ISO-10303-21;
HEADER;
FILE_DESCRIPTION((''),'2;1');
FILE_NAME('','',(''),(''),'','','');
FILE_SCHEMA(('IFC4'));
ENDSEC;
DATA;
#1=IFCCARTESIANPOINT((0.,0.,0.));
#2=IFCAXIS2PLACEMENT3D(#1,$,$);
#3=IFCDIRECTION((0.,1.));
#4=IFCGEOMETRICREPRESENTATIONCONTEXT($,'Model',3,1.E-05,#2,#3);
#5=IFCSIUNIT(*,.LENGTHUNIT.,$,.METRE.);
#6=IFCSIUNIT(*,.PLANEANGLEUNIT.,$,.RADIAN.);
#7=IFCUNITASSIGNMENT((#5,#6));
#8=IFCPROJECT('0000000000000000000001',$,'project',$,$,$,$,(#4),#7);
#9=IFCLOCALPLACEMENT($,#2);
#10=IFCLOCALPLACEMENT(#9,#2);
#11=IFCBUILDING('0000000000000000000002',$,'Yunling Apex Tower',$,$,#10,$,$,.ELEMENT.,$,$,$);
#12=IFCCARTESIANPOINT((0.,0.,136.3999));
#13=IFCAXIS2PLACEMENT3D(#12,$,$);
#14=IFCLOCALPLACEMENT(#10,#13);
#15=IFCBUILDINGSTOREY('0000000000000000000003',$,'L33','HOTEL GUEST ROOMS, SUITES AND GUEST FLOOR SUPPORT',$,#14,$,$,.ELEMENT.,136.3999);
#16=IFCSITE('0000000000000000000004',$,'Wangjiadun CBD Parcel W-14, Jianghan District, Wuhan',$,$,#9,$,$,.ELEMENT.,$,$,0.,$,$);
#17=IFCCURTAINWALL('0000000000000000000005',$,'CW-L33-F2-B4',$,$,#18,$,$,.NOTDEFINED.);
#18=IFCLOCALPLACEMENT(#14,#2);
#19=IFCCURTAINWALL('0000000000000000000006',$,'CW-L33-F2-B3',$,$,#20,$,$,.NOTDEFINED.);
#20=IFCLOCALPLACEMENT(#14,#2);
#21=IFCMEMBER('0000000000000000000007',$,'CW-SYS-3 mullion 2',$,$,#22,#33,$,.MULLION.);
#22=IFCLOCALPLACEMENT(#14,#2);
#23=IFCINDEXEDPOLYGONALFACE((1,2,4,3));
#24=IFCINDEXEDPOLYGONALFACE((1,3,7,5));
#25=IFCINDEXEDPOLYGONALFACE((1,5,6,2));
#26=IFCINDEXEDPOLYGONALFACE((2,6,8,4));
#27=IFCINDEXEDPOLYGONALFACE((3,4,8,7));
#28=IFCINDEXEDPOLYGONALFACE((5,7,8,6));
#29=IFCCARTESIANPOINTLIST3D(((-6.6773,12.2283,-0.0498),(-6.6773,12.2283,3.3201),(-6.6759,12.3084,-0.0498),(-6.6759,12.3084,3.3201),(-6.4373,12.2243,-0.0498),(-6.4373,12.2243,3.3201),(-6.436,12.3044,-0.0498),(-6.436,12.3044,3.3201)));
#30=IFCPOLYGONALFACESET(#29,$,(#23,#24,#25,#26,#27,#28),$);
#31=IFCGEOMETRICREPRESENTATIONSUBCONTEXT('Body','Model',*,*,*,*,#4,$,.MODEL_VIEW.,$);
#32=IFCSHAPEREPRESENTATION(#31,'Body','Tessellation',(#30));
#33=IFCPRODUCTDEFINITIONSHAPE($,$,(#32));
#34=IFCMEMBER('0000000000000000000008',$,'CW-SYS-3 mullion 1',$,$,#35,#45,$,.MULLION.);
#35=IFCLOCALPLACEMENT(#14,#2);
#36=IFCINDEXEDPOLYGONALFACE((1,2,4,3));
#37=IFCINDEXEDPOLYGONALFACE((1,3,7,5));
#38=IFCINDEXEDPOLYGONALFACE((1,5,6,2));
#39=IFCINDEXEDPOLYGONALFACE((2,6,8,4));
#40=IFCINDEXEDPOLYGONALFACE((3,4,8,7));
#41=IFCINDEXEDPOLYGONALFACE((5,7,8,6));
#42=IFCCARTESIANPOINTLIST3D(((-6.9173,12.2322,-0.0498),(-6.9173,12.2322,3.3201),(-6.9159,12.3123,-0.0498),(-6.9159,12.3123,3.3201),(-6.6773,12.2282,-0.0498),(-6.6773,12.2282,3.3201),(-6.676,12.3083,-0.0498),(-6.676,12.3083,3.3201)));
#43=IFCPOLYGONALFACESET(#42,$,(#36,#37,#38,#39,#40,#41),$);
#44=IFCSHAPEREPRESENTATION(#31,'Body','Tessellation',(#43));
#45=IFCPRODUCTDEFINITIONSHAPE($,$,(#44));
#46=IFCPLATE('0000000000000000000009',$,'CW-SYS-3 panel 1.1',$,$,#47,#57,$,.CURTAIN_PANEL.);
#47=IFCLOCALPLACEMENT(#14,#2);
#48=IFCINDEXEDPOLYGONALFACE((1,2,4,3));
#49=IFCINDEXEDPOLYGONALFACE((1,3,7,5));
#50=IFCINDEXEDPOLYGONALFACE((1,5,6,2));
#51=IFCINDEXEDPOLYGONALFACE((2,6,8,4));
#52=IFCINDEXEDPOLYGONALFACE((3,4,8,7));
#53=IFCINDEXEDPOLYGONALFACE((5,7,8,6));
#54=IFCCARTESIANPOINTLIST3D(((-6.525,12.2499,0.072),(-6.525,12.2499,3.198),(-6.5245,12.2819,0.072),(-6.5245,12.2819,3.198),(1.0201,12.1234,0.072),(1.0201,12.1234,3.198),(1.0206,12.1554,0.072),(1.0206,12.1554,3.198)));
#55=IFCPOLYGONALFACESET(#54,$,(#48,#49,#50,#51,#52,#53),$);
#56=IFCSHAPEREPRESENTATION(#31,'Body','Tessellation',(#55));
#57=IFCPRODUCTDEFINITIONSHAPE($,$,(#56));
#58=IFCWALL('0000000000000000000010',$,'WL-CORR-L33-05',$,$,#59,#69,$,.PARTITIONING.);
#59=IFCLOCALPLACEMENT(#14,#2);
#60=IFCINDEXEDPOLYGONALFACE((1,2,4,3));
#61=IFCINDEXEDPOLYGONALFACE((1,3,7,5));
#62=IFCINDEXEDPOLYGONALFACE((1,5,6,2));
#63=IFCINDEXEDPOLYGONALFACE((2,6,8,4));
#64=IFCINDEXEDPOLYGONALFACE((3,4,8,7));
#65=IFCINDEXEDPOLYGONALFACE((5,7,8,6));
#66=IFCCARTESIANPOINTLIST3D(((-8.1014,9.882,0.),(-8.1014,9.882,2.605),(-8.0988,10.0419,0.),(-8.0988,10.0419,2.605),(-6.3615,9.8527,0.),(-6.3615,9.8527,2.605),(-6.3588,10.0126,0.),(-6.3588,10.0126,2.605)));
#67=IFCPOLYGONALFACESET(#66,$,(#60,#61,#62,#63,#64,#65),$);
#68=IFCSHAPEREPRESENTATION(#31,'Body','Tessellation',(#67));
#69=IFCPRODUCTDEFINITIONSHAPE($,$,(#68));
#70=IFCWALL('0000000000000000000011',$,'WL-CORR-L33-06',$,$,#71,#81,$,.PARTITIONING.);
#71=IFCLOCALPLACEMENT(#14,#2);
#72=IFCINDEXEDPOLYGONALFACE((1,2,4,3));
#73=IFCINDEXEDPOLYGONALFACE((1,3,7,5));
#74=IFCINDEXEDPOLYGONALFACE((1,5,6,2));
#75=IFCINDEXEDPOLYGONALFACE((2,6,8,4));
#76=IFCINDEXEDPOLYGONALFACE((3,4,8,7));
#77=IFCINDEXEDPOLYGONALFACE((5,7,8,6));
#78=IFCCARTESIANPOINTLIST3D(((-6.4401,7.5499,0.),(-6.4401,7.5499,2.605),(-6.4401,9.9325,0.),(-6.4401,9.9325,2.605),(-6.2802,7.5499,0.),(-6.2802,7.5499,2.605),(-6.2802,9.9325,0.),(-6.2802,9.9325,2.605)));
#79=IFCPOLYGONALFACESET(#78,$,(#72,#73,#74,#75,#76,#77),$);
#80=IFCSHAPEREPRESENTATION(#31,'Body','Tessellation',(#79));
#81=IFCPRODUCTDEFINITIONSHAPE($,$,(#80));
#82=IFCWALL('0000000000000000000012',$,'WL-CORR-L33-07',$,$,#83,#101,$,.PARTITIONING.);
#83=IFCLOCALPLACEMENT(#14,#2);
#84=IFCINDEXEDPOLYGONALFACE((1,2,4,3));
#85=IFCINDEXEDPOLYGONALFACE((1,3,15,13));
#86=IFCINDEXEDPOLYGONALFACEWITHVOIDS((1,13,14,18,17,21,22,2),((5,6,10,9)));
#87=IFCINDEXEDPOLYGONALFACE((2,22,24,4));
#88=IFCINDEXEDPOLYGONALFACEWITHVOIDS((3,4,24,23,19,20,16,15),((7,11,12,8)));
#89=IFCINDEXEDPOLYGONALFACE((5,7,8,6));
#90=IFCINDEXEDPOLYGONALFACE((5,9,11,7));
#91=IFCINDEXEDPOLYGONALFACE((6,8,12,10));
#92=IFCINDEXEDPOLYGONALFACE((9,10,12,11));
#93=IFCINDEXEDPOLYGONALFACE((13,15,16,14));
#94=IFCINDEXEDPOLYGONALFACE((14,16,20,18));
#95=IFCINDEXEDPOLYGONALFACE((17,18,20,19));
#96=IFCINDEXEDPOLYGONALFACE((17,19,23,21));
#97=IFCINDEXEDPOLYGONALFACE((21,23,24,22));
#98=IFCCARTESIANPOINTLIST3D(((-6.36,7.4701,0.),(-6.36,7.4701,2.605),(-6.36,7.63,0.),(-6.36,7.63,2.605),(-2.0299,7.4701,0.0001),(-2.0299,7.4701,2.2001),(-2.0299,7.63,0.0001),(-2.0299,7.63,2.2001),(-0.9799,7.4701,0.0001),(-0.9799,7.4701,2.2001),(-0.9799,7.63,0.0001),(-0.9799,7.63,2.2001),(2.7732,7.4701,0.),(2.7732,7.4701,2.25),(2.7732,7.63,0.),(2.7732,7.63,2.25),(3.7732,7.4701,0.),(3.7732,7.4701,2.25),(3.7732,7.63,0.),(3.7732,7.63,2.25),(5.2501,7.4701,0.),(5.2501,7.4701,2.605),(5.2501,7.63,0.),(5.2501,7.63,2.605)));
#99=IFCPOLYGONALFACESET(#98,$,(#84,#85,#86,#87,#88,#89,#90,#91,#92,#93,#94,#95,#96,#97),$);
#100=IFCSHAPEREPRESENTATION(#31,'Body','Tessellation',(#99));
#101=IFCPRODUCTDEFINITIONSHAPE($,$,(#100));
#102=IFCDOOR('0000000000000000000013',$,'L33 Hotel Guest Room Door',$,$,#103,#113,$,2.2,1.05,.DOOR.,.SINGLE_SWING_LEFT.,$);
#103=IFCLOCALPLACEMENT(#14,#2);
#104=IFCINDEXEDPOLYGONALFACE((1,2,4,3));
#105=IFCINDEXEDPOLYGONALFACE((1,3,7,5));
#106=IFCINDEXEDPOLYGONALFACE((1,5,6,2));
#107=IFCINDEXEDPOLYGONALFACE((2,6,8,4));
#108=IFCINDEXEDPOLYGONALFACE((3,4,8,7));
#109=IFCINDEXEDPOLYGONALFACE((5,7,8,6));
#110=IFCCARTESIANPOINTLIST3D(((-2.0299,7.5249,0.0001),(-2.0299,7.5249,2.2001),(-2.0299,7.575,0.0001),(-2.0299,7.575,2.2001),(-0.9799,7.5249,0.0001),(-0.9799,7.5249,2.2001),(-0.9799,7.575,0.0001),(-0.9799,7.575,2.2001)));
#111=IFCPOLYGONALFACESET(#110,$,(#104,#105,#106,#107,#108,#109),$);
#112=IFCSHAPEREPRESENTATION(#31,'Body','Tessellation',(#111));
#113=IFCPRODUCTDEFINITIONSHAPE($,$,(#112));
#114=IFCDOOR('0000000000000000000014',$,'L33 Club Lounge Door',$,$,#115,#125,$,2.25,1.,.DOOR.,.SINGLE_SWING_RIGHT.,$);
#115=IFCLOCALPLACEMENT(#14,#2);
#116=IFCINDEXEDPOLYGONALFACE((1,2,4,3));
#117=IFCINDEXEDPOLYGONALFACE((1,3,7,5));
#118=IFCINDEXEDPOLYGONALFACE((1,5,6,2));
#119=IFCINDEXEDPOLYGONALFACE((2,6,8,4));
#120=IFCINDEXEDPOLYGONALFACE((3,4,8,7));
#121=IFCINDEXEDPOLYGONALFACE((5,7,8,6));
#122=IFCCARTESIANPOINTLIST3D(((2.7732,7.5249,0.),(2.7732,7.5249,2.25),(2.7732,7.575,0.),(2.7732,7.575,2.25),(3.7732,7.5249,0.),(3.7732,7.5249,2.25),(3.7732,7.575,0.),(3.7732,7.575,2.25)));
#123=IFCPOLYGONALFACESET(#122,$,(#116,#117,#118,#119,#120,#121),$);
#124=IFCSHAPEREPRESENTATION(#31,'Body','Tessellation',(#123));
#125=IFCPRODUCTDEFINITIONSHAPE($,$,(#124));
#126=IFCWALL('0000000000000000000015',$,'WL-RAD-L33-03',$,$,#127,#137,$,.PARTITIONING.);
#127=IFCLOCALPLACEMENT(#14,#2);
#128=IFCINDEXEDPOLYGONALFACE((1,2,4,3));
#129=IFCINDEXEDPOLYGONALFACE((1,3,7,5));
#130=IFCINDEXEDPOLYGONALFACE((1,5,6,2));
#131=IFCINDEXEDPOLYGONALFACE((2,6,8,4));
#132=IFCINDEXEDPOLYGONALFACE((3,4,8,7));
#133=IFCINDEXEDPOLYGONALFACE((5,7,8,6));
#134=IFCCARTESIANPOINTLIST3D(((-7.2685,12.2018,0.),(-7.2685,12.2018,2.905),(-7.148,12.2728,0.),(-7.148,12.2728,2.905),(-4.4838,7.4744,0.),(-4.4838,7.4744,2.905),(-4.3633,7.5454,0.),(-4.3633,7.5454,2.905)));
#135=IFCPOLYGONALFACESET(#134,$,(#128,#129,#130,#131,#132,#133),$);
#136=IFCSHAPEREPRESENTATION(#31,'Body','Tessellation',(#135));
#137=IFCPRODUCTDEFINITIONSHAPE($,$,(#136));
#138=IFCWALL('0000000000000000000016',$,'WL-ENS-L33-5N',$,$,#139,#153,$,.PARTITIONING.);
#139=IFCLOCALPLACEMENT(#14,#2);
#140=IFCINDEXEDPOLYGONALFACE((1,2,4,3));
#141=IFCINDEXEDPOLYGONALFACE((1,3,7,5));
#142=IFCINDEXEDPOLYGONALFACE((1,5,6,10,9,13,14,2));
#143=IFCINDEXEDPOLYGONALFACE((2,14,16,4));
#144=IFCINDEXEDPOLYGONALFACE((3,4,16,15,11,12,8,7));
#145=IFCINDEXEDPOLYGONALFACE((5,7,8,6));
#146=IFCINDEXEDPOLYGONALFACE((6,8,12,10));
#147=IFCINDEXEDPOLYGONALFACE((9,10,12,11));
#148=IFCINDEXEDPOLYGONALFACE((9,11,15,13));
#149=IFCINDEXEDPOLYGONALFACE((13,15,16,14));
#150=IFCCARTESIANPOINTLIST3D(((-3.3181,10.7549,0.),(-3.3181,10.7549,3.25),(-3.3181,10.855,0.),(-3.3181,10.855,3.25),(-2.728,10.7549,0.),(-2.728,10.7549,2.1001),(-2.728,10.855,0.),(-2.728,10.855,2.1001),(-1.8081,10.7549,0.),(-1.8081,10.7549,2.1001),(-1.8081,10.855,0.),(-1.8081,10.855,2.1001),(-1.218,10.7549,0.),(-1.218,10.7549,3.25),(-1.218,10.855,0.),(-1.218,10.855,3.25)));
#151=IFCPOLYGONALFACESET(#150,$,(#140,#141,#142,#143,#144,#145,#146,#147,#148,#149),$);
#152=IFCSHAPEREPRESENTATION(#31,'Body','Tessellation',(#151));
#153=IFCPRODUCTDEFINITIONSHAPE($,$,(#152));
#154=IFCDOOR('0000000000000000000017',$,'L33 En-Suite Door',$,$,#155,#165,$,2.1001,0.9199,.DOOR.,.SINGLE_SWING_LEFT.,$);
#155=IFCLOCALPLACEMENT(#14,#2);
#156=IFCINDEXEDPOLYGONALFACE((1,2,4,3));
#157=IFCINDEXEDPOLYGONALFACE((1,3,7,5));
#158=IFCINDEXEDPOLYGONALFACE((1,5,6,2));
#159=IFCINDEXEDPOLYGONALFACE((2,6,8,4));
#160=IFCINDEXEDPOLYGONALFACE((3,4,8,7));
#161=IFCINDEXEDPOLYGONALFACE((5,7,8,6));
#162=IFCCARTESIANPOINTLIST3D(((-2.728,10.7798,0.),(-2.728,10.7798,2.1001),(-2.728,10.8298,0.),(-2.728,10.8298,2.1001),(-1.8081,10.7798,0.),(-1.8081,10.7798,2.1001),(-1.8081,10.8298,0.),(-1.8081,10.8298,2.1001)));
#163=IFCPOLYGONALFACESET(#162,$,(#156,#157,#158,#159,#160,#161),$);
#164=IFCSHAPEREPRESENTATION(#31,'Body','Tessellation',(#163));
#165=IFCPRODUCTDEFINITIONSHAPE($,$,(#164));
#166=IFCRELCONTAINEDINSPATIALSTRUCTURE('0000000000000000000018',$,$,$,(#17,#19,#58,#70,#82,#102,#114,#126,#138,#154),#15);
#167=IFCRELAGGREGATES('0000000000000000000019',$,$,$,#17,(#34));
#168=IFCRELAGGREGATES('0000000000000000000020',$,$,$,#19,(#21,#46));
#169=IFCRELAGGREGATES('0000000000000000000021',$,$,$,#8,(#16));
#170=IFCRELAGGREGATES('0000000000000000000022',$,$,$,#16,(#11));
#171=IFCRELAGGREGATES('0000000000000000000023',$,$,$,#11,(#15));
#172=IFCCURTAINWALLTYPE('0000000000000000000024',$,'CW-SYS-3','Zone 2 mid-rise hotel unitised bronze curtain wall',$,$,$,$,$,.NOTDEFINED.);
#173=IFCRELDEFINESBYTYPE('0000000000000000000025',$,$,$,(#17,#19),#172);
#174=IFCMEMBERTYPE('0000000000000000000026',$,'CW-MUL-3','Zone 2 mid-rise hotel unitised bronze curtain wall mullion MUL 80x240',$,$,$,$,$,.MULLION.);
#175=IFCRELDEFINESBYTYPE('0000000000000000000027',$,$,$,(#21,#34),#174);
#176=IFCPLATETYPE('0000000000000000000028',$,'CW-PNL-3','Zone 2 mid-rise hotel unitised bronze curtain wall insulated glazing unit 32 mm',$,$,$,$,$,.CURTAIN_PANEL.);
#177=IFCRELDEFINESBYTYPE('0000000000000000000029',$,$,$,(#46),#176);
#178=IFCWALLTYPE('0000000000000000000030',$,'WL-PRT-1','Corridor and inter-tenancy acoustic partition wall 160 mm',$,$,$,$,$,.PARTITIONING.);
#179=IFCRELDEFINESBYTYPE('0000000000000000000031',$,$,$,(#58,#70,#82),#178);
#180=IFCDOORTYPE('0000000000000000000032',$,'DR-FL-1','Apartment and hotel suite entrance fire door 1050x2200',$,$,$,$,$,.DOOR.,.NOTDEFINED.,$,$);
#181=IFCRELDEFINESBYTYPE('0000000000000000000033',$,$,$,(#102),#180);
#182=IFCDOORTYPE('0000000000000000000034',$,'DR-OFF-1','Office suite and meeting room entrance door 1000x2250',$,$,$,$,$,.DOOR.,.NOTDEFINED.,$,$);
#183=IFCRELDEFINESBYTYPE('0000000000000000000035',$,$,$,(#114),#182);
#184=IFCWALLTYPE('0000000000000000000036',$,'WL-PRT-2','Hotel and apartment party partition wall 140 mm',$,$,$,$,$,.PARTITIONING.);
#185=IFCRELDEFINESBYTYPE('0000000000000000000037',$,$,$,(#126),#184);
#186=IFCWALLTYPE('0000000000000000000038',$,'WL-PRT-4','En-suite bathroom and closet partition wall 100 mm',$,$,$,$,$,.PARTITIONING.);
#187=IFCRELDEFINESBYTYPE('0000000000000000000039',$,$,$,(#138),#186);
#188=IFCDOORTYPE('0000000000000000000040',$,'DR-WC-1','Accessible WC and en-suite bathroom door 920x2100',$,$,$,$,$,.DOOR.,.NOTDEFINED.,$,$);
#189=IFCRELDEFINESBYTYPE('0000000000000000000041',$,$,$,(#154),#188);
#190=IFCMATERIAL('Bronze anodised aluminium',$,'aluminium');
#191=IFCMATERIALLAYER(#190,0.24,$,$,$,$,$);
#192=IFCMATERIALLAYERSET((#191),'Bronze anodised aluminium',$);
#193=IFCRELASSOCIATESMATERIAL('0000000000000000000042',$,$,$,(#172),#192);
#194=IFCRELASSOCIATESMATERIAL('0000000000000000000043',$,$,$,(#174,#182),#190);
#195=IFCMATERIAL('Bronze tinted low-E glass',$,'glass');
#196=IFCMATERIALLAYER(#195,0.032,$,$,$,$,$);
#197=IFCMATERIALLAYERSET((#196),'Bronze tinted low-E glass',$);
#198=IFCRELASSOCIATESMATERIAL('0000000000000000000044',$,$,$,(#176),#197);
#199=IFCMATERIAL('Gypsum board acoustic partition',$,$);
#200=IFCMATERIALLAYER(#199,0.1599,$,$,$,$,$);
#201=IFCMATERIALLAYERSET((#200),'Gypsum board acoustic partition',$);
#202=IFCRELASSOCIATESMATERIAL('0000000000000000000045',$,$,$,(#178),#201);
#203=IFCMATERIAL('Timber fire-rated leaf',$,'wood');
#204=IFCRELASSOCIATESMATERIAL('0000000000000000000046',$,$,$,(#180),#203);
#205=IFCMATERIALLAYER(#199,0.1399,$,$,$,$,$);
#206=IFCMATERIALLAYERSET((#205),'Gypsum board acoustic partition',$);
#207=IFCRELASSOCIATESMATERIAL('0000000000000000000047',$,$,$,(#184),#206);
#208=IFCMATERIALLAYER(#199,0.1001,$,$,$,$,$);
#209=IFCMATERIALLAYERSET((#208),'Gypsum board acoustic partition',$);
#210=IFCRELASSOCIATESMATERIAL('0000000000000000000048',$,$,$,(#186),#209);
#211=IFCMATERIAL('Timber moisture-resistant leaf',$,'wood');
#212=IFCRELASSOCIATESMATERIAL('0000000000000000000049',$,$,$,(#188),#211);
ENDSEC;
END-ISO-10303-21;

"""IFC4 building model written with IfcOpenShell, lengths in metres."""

from ifc_helpers import new_model, si_unit, direction, frame, frame_2d, origin, origin_2d, place, context, subcontext, project, spatial, rectangle, extrude, source, transform, mapped, material, layer, layer_set, material_profile, profile_set, type_object, element, fill, aggregate, save


model = new_model("IFC4")

# Units and contexts
model_context = context("Model", 3, precision=1e-05, world=origin(), true_north=direction((0.0, 1.0)))
body_context = subcontext(model_context, "Body", "Model", "MODEL_VIEW")
ifc_project = project(units=[si_unit("LENGTHUNIT", "METRE"), si_unit("PLANEANGLEUNIT", "RADIAN")], contexts=[model_context])

# Site, building, storey
site_placement = place(None, origin())
site = spatial("IfcSite", under=ifc_project, at=site_placement, Name="Wangjiadun CBD Parcel W-14, Jianghan District, Wuhan", CompositionType="ELEMENT", RefElevation=0.0)
building_placement = place(site_placement, origin())
building = spatial("IfcBuilding", under=site, at=building_placement, Name="Yunling Apex Tower", CompositionType="ELEMENT")
storey_placement = place(building_placement, frame((0.0, 0.0, 136.3999)))
storey = spatial("IfcBuildingStorey", under=building, at=storey_placement, Name="L33", Description="HOTEL GUEST ROOMS, SUITES AND GUEST FLOOR SUPPORT", CompositionType="ELEMENT", Elevation=136.3999)

# Curtain wall
ifc_material_1 = material(Name="Bronze anodised aluminium", Category="aluminium")
ifc_layer_1 = layer(ifc_material_1, 0.24)
ifc_layer_set_1 = layer_set([ifc_layer_1], Name="Bronze anodised aluminium")
curtain_wall_type = type_object("IfcCurtainWallType", Name="CW-SYS-3", Description="Zone 2 mid-rise hotel unitised bronze curtain wall", PredefinedType="NOTDEFINED", material=ifc_layer_set_1)
curtain_wall_1_placement = place(storey_placement, origin())
curtain_wall_1 = element("IfcCurtainWall", 1, at=curtain_wall_1_placement, inside=storey, type_object=curtain_wall_type, Name="CW-L33-F2-B4", PredefinedType="NOTDEFINED")

# Curtain wall, member
curtain_wall_2_placement = place(storey_placement, origin())
curtain_wall_2 = element("IfcCurtainWall", 2, at=curtain_wall_2_placement, inside=storey, type_object=curtain_wall_type, Name="CW-L33-F2-B3", PredefinedType="NOTDEFINED")
ifc_material_profile_1 = material_profile(ifc_material_1, rectangle(XDim=0.0801, YDim=0.24, at=origin_2d()))
ifc_profile_set_1 = profile_set([ifc_material_profile_1], Name="Bronze anodised aluminium")
member_type_1 = type_object("IfcMemberType", Name="CW-MUL-3", Description="Zone 2 mid-rise hotel unitised bronze curtain wall mullion MUL 80x240", PredefinedType="MULLION", material=ifc_profile_set_1)
shared_shape_1 = source(origin(), body_context, "Body", "SweptSolid", [
    extrude(rectangle(XDim=0.0801, YDim=0.24, at=origin_2d()), origin(), (0.0, 0.0, 1.0), 3.3699),
])
member_1_placement = place(storey_placement, frame((-6.5566, 12.2664, -0.0498), z_axis=(0.0, 0.0, 1.0), x_axis=(-0.016762, -0.99986, 0.0)))
member_1 = element("IfcMember", 3, at=member_1_placement, type_object=member_type_1, Name="CW-SYS-3 mullion 2", PredefinedType="MULLION", context=body_context, shape_type="MappedRepresentation", body=[
    mapped(shared_shape_1, transform((0.0, 0.0, 0.0), scale=1.0)),
])

# Member
member_2_placement = place(storey_placement, frame((-6.7966, 12.2703, -0.0498), z_axis=(0.0, 0.0, 1.0), x_axis=(-0.016762, -0.99986, 0.0)))
member_2 = element("IfcMember", 4, at=member_2_placement, type_object=member_type_1, Name="CW-SYS-3 mullion 1", PredefinedType="MULLION", context=body_context, shape_type="MappedRepresentation", body=[
    mapped(shared_shape_1, transform((0.0, 0.0, 0.0), scale=1.0)),
])
aggregate(curtain_wall_1, [member_2])

# Plate
ifc_material_2 = material(Name="Bronze tinted low-E glass", Category="glass")
ifc_layer_2 = layer(ifc_material_2, 0.032)
ifc_layer_set_2 = layer_set([ifc_layer_2], Name="Bronze tinted low-E glass")
plate_type = type_object("IfcPlateType", Name="CW-PNL-3", Description="Zone 2 mid-rise hotel unitised bronze curtain wall insulated glazing unit 32 mm", PredefinedType="CURTAIN_PANEL", material=ifc_layer_set_2)
shared_shape_2 = source(origin(), body_context, "Body", "SweptSolid", [
    extrude(rectangle(XDim=7.5461, YDim=0.032, at=origin_2d()), origin(), (0.0, 0.0, 1.0), 3.126),
])
plate_placement = place(storey_placement, frame((-2.7522, 12.2026, 0.072), z_axis=(0.0, 0.0, 1.0), x_axis=(-0.99986, 0.016762, 0.0)))
plate = element("IfcPlate", 5, at=plate_placement, type_object=plate_type, Name="CW-SYS-3 panel 1.1", PredefinedType="CURTAIN_PANEL", context=body_context, shape_type="MappedRepresentation", body=[
    mapped(shared_shape_2, transform((0.0, 0.0, 0.0), scale=1.0)),
])
aggregate(curtain_wall_2, [member_1, plate])

# Walls
ifc_material_3 = material(Name="Gypsum board acoustic partition")
ifc_layer_3 = layer(ifc_material_3, 0.1599)
ifc_layer_set_3 = layer_set([ifc_layer_3], Name="Gypsum board acoustic partition")
wall_type_1 = type_object("IfcWallType", Name="WL-PRT-1", Description="Corridor and inter-tenancy acoustic partition wall 160 mm", PredefinedType="PARTITIONING", material=ifc_layer_set_3)
wall_1_placement = place(storey_placement, frame((-8.1001, 9.9619, 0.0), z_axis=(0.0, 0.0, 1.0), x_axis=(0.999858, -0.016835, 0.0)))
element("IfcWall", 6, at=wall_1_placement, inside=storey, type_object=wall_type_1, Name="WL-CORR-L33-05", PredefinedType="PARTITIONING", context=body_context, shape_type="SweptSolid", body=[
    extrude(rectangle(XDim=1.7402, YDim=0.1599, at=frame_2d((0.8701, 0.0))), origin(), (0.0, 0.0, 1.0), 2.605),
])
wall_2_placement = place(storey_placement, frame((-6.3601, 9.9326, 0.0), z_axis=(0.0, 0.0, 1.0), x_axis=(0.0, -1.0, 0.0)))
element("IfcWall", 7, at=wall_2_placement, inside=storey, type_object=wall_type_1, Name="WL-CORR-L33-06", PredefinedType="PARTITIONING", context=body_context, shape_type="SweptSolid", body=[
    extrude(rectangle(XDim=2.3826, YDim=0.1599, at=frame_2d((1.1914, 0.0))), origin(), (0.0, 0.0, 1.0), 2.605),
])

# Wall, openings, doors
wall_3_placement = place(storey_placement, frame((-6.3601, 7.55, 0.0), z_axis=(0.0, 0.0, 1.0), x_axis=(1.0, 0.0, 0.0)))
wall_3 = element("IfcWall", 8, at=wall_3_placement, inside=storey, type_object=wall_type_1, Name="WL-CORR-L33-07", PredefinedType="PARTITIONING", context=body_context, shape_type="SweptSolid", body=[
    extrude(rectangle(XDim=11.6101, YDim=0.1599, at=frame_2d((5.8052, 0.0))), origin(), (0.0, 0.0, 1.0), 2.605),
])
opening_1_placement = place(wall_3_placement, frame((4.3303, 0.0, 0.0)))
opening_1 = element("IfcOpeningElement", 9, at=opening_1_placement, cuts=wall_3, PredefinedType="OPENING", context=body_context, shape_type="SweptSolid", body=[
    extrude(rectangle(XDim=1.05, YDim=2.2, at=frame_2d((0.5249, 1.1001))), frame((0.0, 0.0898, 0.0), z_axis=(0.0, -1.0, 0.0), x_axis=(1.0, 0.0, 0.0)), (0.0, 0.0, 1.0), 0.1799),
])
opening_2_placement = place(wall_3_placement, frame((9.1333, 0.0, 0.0)))
opening_2 = element("IfcOpeningElement", 10, at=opening_2_placement, cuts=wall_3, PredefinedType="OPENING", context=body_context, shape_type="SweptSolid", body=[
    extrude(rectangle(XDim=1.0, YDim=2.25, at=frame_2d((0.5, 1.125))), frame((0.0, 0.0898, 0.0), z_axis=(0.0, -1.0, 0.0), x_axis=(1.0, 0.0, 0.0)), (0.0, 0.0, 1.0), 0.1799),
])
ifc_material_4 = material(Name="Timber fire-rated leaf", Category="wood")
door_type_1 = type_object("IfcDoorType", Name="DR-FL-1", Description="Apartment and hotel suite entrance fire door 1050x2200", OperationType="NOTDEFINED", PredefinedType="DOOR", material=ifc_material_4)
door_1_placement = place(opening_1_placement, origin())
door_1 = element("IfcDoor", 11, at=door_1_placement, inside=storey, type_object=door_type_1, Name="L33 Hotel Guest Room Door", OperationType="SINGLE_SWING_LEFT", OverallHeight=2.2, OverallWidth=1.05, PredefinedType="DOOR", context=body_context, shape_type="SweptSolid", body=[
    extrude(rectangle(XDim=1.05, YDim=2.2, at=frame_2d((0.5249, 1.1001))), frame((0.0, 0.0249, 0.0), z_axis=(0.0, -1.0, 0.0), x_axis=(1.0, 0.0, 0.0)), (0.0, 0.0, 1.0), 0.05),
])
fill(opening_1, door_1)
door_type_2 = type_object("IfcDoorType", Name="DR-OFF-1", Description="Office suite and meeting room entrance door 1000x2250", OperationType="NOTDEFINED", PredefinedType="DOOR", material=ifc_material_1)
door_2_placement = place(opening_2_placement, origin())
door_2 = element("IfcDoor", 12, at=door_2_placement, inside=storey, type_object=door_type_2, Name="L33 Club Lounge Door", OperationType="SINGLE_SWING_RIGHT", OverallHeight=2.25, OverallWidth=1.0, PredefinedType="DOOR", context=body_context, shape_type="SweptSolid", body=[
    extrude(rectangle(XDim=1.0, YDim=2.25, at=frame_2d((0.5, 1.125))), frame((0.0, 0.0249, 0.0), z_axis=(0.0, -1.0, 0.0), x_axis=(1.0, 0.0, 0.0)), (0.0, 0.0, 1.0), 0.05),
])
fill(opening_2, door_2)

# Wall
ifc_layer_4 = layer(ifc_material_3, 0.1399)
ifc_layer_set_4 = layer_set([ifc_layer_4], Name="Gypsum board acoustic partition")
wall_type_2 = type_object("IfcWallType", Name="WL-PRT-2", Description="Hotel and apartment party partition wall 140 mm", PredefinedType="PARTITIONING", material=ifc_layer_set_4)
wall_4_placement = place(storey_placement, frame((-4.4236, 7.51, 0.0), z_axis=(0.0, 0.0, 1.0), x_axis=(-0.507549, 0.861623, 0.0)))
element("IfcWall", 13, at=wall_4_placement, inside=storey, type_object=wall_type_2, Name="WL-RAD-L33-03", PredefinedType="PARTITIONING", context=body_context, shape_type="SweptSolid", body=[
    extrude(rectangle(XDim=5.4866, YDim=0.1399, at=frame_2d((2.7432, 0.0))), origin(), (0.0, 0.0, 1.0), 2.905),
])

# Wall, opening, door
ifc_layer_5 = layer(ifc_material_3, 0.1001)
ifc_layer_set_5 = layer_set([ifc_layer_5], Name="Gypsum board acoustic partition")
wall_type_3 = type_object("IfcWallType", Name="WL-PRT-4", Description="En-suite bathroom and closet partition wall 100 mm", PredefinedType="PARTITIONING", material=ifc_layer_set_5)
wall_5_placement = place(storey_placement, frame((-3.3181, 10.8049, 0.0), z_axis=(0.0, 0.0, 1.0), x_axis=(1.0, 0.0, 0.0)))
wall_5 = element("IfcWall", 14, at=wall_5_placement, inside=storey, type_object=wall_type_3, Name="WL-ENS-L33-5N", PredefinedType="PARTITIONING", context=body_context, shape_type="SweptSolid", body=[
    extrude(rectangle(XDim=2.1001, YDim=0.1001, at=frame_2d((1.05, 0.0))), origin(), (0.0, 0.0, 1.0), 3.25),
])
opening_3_placement = place(wall_5_placement, frame((0.5901, 0.0, 0.0)))
opening_3 = element("IfcOpeningElement", 15, at=opening_3_placement, cuts=wall_5, PredefinedType="OPENING", context=body_context, shape_type="SweptSolid", body=[
    extrude(rectangle(XDim=0.9199, YDim=2.1001, at=frame_2d((0.46, 1.05))), frame((0.0, 0.0601, 0.0), z_axis=(0.0, -1.0, 0.0), x_axis=(1.0, 0.0, 0.0)), (0.0, 0.0, 1.0), 0.1201),
])
ifc_material_5 = material(Name="Timber moisture-resistant leaf", Category="wood")
door_type_3 = type_object("IfcDoorType", Name="DR-WC-1", Description="Accessible WC and en-suite bathroom door 920x2100", OperationType="NOTDEFINED", PredefinedType="DOOR", material=ifc_material_5)
door_3_placement = place(opening_3_placement, origin())
door_3 = element("IfcDoor", 16, at=door_3_placement, inside=storey, type_object=door_type_3, Name="L33 En-Suite Door", OperationType="SINGLE_SWING_LEFT", OverallHeight=2.1001, OverallWidth=0.9199, PredefinedType="DOOR", context=body_context, shape_type="SweptSolid", body=[
    extrude(rectangle(XDim=0.9199, YDim=2.1001, at=frame_2d((0.46, 1.05))), frame((0.0, 0.0249, 0.0), z_axis=(0.0, -1.0, 0.0), x_axis=(1.0, 0.0, 0.0)), (0.0, 0.0, 1.0), 0.05),
])
fill(opening_3, door_3)

save(model, "model.ifc")
